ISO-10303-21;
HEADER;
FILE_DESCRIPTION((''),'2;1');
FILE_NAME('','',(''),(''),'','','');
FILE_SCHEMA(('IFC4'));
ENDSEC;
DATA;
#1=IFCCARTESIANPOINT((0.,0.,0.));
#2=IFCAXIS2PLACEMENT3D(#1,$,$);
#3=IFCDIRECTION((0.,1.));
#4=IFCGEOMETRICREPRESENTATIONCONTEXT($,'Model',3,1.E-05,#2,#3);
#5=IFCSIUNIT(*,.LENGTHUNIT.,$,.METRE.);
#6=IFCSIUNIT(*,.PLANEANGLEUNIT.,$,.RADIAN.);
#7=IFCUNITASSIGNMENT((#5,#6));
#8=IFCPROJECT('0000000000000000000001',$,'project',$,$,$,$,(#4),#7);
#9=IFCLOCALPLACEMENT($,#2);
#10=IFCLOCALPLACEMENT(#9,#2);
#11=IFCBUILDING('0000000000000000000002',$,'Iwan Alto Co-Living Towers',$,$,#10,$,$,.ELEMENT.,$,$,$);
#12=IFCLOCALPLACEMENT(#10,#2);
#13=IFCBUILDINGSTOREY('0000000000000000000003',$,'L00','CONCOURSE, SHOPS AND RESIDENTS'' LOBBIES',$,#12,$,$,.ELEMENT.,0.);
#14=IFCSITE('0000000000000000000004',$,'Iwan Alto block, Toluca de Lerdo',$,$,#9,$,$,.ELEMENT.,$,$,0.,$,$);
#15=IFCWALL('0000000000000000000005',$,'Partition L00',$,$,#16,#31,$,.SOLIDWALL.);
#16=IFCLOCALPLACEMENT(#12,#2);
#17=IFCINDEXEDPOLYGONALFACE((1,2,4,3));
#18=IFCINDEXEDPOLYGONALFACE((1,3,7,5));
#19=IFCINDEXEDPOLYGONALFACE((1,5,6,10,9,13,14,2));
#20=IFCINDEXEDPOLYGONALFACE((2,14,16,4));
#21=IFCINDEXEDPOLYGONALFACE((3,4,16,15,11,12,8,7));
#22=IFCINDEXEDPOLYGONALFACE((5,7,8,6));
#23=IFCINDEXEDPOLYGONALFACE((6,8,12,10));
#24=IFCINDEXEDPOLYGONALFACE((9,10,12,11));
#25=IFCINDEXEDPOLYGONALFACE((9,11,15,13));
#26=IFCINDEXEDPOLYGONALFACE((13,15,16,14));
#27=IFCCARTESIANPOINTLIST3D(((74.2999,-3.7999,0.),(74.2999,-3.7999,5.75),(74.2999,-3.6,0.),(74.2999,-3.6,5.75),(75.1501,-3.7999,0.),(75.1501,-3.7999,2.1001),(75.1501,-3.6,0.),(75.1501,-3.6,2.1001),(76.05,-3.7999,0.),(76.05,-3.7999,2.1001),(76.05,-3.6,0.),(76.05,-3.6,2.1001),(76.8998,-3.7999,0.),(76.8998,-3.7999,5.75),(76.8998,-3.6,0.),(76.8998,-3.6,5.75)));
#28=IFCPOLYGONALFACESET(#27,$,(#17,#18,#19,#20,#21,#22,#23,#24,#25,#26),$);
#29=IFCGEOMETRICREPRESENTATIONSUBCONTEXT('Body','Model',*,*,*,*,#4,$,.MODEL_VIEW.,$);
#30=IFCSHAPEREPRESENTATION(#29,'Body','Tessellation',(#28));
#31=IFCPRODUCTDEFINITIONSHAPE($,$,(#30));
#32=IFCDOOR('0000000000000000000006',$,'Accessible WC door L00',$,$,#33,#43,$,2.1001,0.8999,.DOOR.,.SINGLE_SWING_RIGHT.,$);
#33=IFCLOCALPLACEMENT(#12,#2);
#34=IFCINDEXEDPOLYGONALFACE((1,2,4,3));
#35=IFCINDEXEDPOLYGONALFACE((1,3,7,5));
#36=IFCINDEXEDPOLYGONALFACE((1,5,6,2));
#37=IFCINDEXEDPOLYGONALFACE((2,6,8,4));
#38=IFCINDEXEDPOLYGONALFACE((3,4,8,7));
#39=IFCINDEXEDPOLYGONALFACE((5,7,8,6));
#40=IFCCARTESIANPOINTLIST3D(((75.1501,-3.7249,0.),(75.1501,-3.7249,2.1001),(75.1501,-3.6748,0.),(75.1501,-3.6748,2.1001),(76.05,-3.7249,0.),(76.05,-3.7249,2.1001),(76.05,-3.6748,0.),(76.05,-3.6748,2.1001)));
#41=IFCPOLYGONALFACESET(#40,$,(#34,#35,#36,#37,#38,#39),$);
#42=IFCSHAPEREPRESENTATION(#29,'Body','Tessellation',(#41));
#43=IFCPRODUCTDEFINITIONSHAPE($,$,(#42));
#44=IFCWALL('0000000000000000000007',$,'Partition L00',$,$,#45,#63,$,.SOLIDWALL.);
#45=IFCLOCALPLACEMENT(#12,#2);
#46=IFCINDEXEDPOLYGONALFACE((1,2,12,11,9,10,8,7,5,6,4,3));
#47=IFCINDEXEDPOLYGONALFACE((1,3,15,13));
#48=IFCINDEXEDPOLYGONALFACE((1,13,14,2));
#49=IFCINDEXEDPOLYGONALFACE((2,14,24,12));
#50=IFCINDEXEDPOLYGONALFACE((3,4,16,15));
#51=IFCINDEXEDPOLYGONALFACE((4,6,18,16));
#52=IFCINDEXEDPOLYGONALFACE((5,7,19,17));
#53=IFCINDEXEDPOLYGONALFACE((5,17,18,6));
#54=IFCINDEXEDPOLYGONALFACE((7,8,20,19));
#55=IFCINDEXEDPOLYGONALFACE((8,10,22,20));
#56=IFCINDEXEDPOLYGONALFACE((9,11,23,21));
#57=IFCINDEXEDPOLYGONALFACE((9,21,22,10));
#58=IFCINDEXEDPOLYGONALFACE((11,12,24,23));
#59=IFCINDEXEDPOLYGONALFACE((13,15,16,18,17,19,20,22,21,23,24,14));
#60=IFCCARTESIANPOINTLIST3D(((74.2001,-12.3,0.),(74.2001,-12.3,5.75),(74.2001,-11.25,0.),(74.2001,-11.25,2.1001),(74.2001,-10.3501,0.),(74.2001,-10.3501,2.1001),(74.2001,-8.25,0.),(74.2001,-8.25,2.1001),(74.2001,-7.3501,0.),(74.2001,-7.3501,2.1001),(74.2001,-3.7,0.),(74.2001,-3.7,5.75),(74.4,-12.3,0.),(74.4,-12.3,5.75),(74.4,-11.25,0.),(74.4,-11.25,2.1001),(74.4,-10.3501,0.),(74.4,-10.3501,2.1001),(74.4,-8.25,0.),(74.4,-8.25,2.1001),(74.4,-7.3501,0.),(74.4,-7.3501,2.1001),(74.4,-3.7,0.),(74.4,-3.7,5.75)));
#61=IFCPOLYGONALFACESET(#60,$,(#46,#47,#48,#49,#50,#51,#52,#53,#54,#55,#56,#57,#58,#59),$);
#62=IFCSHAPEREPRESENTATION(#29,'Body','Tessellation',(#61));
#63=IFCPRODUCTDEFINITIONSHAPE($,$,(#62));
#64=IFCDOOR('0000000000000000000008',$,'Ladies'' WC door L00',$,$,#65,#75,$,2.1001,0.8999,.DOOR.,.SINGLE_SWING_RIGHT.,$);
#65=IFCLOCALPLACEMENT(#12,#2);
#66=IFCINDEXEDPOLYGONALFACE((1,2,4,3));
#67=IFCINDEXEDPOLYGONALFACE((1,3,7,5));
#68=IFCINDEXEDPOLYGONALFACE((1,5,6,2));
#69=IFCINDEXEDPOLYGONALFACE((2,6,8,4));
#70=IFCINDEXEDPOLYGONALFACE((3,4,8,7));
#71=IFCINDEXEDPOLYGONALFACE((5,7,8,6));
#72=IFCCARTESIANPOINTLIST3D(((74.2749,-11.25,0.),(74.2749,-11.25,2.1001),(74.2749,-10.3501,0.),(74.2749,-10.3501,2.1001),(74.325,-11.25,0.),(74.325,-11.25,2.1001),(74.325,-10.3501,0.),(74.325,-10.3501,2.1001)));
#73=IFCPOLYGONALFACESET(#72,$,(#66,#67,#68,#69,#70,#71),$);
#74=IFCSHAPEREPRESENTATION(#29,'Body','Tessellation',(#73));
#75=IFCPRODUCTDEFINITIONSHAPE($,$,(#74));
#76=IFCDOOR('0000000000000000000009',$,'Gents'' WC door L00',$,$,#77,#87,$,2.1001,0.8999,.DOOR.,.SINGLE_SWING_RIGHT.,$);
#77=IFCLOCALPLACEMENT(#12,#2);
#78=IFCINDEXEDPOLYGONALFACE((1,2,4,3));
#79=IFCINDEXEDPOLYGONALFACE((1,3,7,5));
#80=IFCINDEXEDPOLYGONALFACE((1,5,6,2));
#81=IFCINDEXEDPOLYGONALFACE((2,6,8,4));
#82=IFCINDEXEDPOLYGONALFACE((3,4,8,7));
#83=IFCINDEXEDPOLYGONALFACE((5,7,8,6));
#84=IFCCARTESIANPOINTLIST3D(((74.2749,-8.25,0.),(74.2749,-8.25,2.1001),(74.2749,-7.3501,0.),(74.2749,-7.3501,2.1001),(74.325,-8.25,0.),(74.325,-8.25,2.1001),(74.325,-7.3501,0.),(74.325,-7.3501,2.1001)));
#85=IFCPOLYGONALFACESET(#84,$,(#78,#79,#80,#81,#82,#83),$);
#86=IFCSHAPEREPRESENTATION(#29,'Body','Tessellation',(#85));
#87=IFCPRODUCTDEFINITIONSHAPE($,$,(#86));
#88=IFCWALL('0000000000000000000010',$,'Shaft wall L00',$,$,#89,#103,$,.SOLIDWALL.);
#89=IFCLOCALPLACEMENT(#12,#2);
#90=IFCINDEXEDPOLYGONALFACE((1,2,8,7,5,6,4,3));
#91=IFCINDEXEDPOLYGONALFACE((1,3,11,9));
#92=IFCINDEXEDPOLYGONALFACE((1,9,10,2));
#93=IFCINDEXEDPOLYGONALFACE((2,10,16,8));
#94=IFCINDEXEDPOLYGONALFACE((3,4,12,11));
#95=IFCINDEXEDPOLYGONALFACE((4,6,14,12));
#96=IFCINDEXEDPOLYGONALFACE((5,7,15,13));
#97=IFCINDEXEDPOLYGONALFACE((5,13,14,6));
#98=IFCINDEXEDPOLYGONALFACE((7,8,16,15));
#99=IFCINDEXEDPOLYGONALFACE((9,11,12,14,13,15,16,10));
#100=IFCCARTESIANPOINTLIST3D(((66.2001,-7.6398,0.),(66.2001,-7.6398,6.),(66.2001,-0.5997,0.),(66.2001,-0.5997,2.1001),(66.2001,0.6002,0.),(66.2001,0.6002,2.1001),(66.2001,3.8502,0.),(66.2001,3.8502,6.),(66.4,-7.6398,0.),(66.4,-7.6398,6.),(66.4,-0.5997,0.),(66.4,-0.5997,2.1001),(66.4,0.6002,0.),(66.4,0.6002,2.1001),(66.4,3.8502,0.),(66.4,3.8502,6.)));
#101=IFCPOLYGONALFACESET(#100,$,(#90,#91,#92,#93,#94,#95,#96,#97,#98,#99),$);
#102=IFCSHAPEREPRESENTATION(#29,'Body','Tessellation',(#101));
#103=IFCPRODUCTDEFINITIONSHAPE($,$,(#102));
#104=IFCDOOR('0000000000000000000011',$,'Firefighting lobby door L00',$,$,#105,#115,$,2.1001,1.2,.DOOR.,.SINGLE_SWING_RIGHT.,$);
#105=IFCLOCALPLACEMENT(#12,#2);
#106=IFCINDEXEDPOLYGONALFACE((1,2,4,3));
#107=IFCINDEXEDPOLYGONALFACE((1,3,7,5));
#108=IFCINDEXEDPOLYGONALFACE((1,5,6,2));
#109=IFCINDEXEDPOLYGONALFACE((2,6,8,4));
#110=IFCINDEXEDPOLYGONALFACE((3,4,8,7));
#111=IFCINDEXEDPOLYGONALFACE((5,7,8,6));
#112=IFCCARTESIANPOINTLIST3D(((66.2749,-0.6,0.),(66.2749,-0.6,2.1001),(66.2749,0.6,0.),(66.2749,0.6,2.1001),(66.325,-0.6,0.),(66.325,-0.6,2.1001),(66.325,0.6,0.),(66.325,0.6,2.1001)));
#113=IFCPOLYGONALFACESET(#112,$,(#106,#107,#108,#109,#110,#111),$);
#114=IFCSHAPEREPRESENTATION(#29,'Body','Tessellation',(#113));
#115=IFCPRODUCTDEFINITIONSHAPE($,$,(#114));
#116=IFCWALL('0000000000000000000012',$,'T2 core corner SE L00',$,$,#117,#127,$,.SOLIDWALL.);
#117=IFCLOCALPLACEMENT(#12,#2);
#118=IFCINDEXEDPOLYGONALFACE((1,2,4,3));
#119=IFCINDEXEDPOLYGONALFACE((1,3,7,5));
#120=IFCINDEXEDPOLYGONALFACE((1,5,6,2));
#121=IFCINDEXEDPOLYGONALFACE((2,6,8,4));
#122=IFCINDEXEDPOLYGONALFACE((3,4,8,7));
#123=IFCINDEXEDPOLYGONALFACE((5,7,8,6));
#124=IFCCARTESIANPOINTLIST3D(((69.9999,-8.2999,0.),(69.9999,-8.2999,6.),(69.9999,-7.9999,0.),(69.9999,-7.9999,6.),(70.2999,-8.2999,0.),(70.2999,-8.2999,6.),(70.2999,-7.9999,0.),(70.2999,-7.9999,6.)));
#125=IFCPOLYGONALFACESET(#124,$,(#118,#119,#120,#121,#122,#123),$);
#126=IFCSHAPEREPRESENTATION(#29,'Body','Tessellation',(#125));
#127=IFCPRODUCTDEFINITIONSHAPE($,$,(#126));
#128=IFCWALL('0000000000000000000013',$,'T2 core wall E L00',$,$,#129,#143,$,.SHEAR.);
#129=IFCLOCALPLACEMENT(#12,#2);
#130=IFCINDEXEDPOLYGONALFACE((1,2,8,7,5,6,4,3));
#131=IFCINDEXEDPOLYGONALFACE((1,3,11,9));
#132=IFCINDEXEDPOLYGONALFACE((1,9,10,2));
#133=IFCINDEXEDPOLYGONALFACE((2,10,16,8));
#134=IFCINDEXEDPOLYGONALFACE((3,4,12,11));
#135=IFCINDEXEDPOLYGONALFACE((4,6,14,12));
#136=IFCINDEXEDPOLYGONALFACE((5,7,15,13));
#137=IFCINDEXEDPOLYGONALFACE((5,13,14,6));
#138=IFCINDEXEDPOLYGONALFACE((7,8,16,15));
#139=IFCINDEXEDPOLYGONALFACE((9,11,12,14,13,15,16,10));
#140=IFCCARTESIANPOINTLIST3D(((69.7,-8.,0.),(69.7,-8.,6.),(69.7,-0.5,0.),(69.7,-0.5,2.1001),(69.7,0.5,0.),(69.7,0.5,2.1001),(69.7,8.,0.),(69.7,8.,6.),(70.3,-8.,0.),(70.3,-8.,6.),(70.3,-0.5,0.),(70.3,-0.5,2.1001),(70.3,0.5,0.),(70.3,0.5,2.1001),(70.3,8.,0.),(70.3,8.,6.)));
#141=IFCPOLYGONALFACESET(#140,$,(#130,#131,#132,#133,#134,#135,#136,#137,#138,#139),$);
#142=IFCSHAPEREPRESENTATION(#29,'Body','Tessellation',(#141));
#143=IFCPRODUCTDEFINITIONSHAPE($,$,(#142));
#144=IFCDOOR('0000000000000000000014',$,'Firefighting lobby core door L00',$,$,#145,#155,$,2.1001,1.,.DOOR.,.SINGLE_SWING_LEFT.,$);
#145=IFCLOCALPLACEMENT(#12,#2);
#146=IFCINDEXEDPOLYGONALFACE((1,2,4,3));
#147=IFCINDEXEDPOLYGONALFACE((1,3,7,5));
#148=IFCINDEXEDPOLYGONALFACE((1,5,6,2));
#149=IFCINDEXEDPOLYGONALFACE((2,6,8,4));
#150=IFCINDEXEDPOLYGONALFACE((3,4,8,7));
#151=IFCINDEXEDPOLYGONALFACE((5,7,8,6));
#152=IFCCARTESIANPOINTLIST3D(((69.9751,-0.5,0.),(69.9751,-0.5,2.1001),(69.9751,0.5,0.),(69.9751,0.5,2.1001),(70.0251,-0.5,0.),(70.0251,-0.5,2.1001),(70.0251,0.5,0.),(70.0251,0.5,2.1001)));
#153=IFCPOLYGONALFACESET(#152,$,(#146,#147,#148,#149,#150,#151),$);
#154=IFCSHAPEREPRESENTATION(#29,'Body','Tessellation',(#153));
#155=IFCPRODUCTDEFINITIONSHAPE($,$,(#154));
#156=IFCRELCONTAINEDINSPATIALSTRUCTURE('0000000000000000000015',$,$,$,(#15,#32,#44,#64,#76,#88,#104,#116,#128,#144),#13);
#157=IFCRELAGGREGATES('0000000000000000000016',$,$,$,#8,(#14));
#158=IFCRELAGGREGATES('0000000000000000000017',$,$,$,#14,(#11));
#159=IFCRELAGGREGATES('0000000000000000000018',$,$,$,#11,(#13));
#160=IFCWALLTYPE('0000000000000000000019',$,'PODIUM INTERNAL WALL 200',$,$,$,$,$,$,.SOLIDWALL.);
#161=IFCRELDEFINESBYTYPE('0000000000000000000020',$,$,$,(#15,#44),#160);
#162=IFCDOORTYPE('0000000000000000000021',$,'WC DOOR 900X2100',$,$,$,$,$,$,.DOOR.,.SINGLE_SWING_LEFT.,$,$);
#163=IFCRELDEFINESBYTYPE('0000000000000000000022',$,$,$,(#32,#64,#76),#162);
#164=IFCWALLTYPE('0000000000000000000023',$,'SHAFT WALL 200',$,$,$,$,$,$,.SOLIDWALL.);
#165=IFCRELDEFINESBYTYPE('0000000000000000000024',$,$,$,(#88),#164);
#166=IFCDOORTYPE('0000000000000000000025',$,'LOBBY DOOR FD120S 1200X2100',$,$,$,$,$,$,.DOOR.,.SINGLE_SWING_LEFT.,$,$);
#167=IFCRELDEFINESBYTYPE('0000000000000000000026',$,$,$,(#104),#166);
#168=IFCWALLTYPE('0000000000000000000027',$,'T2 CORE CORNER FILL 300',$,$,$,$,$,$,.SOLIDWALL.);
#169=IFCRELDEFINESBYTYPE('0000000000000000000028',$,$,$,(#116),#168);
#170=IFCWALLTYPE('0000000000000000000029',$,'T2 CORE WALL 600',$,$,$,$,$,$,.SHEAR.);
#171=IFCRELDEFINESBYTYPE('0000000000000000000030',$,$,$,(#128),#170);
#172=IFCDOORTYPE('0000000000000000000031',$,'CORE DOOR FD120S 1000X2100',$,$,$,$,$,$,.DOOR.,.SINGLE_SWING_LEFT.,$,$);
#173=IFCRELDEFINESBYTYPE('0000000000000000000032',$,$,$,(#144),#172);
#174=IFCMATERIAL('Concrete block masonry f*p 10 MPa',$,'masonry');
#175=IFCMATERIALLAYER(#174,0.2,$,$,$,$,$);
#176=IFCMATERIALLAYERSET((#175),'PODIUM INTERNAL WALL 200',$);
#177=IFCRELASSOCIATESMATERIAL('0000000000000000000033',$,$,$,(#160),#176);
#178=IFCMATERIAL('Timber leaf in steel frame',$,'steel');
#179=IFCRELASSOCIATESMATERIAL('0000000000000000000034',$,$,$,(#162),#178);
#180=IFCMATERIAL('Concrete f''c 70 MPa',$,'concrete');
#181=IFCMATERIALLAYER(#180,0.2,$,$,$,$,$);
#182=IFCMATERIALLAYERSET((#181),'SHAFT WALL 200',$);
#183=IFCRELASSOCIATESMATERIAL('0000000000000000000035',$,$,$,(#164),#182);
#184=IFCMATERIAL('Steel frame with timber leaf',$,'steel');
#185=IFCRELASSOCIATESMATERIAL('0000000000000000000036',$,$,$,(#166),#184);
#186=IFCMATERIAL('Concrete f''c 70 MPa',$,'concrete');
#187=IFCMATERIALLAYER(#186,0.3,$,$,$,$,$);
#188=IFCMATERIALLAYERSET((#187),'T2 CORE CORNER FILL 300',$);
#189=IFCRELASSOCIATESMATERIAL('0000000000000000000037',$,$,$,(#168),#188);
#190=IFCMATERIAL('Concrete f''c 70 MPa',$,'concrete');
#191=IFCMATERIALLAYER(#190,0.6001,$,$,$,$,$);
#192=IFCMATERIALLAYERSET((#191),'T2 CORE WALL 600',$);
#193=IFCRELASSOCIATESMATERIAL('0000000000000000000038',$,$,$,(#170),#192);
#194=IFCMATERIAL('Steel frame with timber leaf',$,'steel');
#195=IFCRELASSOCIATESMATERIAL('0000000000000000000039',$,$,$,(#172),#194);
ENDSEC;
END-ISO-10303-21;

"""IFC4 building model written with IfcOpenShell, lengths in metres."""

from ifc_helpers import new_model, si_unit, direction, frame, frame_2d, origin, place, context, subcontext, project, spatial, rectangle, extrude, material, layer, layer_set, type_object, element, fill, save


model = new_model("IFC4")

# Units and contexts
model_context = context("Model", 3, precision=1e-05, world=origin(), true_north=direction((0.0, 1.0)))
body_context = subcontext(model_context, "Body", "Model", "MODEL_VIEW")
ifc_project = project(units=[si_unit("LENGTHUNIT", "METRE"), si_unit("PLANEANGLEUNIT", "RADIAN")], contexts=[model_context])

# Site, building, storey
site_placement = place(None, origin())
site = spatial("IfcSite", under=ifc_project, at=site_placement, Name="Iwan Alto block, Toluca de Lerdo", CompositionType="ELEMENT", RefElevation=0.0)
building_placement = place(site_placement, origin())
building = spatial("IfcBuilding", under=site, at=building_placement, Name="Iwan Alto Co-Living Towers", CompositionType="ELEMENT")
storey_placement = place(building_placement, origin())
storey = spatial("IfcBuildingStorey", under=building, at=storey_placement, Name="L00", Description="CONCOURSE, SHOPS AND RESIDENTS' LOBBIES", CompositionType="ELEMENT", Elevation=0.0)

# Wall, opening, door
ifc_material_1 = material(Name="Concrete block masonry f*p 10 MPa", Category="masonry")
ifc_layer_1 = layer(ifc_material_1, 0.2)
ifc_layer_set_1 = layer_set([ifc_layer_1], Name="PODIUM INTERNAL WALL 200")
wall_type_1 = type_object("IfcWallType", Name="PODIUM INTERNAL WALL 200", PredefinedType="SOLIDWALL", material=ifc_layer_set_1)
wall_1_placement = place(storey_placement, frame((74.3, -3.7, 0.0), z_axis=(0.0, 0.0, 1.0), x_axis=(1.0, 0.0, 0.0)))
wall_1 = element("IfcWall", 1, at=wall_1_placement, inside=storey, type_object=wall_type_1, Name="Partition L00", PredefinedType="SOLIDWALL", context=body_context, shape_type="SweptSolid", body=[
    extrude(rectangle(XDim=2.5999, YDim=0.2, at=frame_2d((1.2998, 0.0))), origin(), (0.0, 0.0, 1.0), 5.75),
])
opening_1_placement = place(wall_1_placement, frame((0.8501, 0.0, 0.0)))
opening_1 = element("IfcOpeningElement", 2, at=opening_1_placement, cuts=wall_1, PredefinedType="OPENING", context=body_context, shape_type="SweptSolid", body=[
    extrude(rectangle(XDim=0.8999, YDim=2.1001, at=frame_2d((0.45, 1.05))), frame((0.0, 0.1099, 0.0), z_axis=(0.0, -1.0, 0.0), x_axis=(1.0, 0.0, 0.0)), (0.0, 0.0, 1.0), 0.22),
])
ifc_material_2 = material(Name="Timber leaf in steel frame", Category="steel")
door_type_1 = type_object("IfcDoorType", Name="WC DOOR 900X2100", OperationType="SINGLE_SWING_LEFT", PredefinedType="DOOR", material=ifc_material_2)
door_1_placement = place(opening_1_placement, frame((0.8999, 0.0, 0.0), z_axis=(0.0, 0.0, 1.0), x_axis=(-1.0, 0.0, 0.0)))
door_1 = element("IfcDoor", 3, at=door_1_placement, inside=storey, type_object=door_type_1, Name="Accessible WC door L00", OperationType="SINGLE_SWING_RIGHT", OverallHeight=2.1001, OverallWidth=0.8999, PredefinedType="DOOR", context=body_context, shape_type="SweptSolid", body=[
    extrude(rectangle(XDim=0.8999, YDim=2.1001, at=frame_2d((0.45, 1.05))), frame((0.0, 0.0249, 0.0), z_axis=(0.0, -1.0, 0.0), x_axis=(1.0, 0.0, 0.0)), (0.0, 0.0, 1.0), 0.05),
])
fill(opening_1, door_1)

# Wall, openings, doors
wall_2_placement = place(storey_placement, frame((74.3, -12.3, 0.0), z_axis=(0.0, 0.0, 1.0), x_axis=(0.0, 1.0, 0.0)))
wall_2 = element("IfcWall", 4, at=wall_2_placement, inside=storey, type_object=wall_type_1, Name="Partition L00", PredefinedType="SOLIDWALL", context=body_context, shape_type="SweptSolid", body=[
    extrude(rectangle(XDim=8.6001, YDim=0.2, at=frame_2d((4.3, 0.0))), origin(), (0.0, 0.0, 1.0), 5.75),
])
opening_2_placement = place(wall_2_placement, frame((1.05, 0.0, 0.0)))
opening_2 = element("IfcOpeningElement", 5, at=opening_2_placement, cuts=wall_2, PredefinedType="OPENING", context=body_context, shape_type="SweptSolid", body=[
    extrude(rectangle(XDim=0.8999, YDim=2.1001, at=frame_2d((0.45, 1.05))), frame((0.0, 0.1099, 0.0), z_axis=(0.0, -1.0, 0.0), x_axis=(1.0, 0.0, 0.0)), (0.0, 0.0, 1.0), 0.22),
])
opening_3_placement = place(wall_2_placement, frame((4.05, 0.0, 0.0)))
opening_3 = element("IfcOpeningElement", 6, at=opening_3_placement, cuts=wall_2, PredefinedType="OPENING", context=body_context, shape_type="SweptSolid", body=[
    extrude(rectangle(XDim=0.8999, YDim=2.1001, at=frame_2d((0.45, 1.05))), frame((0.0, 0.1099, 0.0), z_axis=(0.0, -1.0, 0.0), x_axis=(1.0, 0.0, 0.0)), (0.0, 0.0, 1.0), 0.22),
])
door_2_placement = place(opening_2_placement, frame((0.8999, 0.0, 0.0), z_axis=(0.0, 0.0, 1.0), x_axis=(-1.0, 0.0, 0.0)))
door_2 = element("IfcDoor", 7, at=door_2_placement, inside=storey, type_object=door_type_1, Name="Ladies' WC door L00", OperationType="SINGLE_SWING_RIGHT", OverallHeight=2.1001, OverallWidth=0.8999, PredefinedType="DOOR", context=body_context, shape_type="SweptSolid", body=[
    extrude(rectangle(XDim=0.8999, YDim=2.1001, at=frame_2d((0.45, 1.05))), frame((0.0, 0.0249, 0.0), z_axis=(0.0, -1.0, 0.0), x_axis=(1.0, 0.0, 0.0)), (0.0, 0.0, 1.0), 0.05),
])
fill(opening_2, door_2)
door_3_placement = place(opening_3_placement, frame((0.8999, 0.0, 0.0), z_axis=(0.0, 0.0, 1.0), x_axis=(-1.0, 0.0, 0.0)))
door_3 = element("IfcDoor", 8, at=door_3_placement, inside=storey, type_object=door_type_1, Name="Gents' WC door L00", OperationType="SINGLE_SWING_RIGHT", OverallHeight=2.1001, OverallWidth=0.8999, PredefinedType="DOOR", context=body_context, shape_type="SweptSolid", body=[
    extrude(rectangle(XDim=0.8999, YDim=2.1001, at=frame_2d((0.45, 1.05))), frame((0.0, 0.0249, 0.0), z_axis=(0.0, -1.0, 0.0), x_axis=(1.0, 0.0, 0.0)), (0.0, 0.0, 1.0), 0.05),
])
fill(opening_3, door_3)

# Wall, opening, door
ifc_material_3 = material(Name="Concrete f'c 70 MPa", Category="concrete")
ifc_layer_2 = layer(ifc_material_3, 0.2)
ifc_layer_set_2 = layer_set([ifc_layer_2], Name="SHAFT WALL 200")
wall_type_2 = type_object("IfcWallType", Name="SHAFT WALL 200", PredefinedType="SOLIDWALL", material=ifc_layer_set_2)
wall_3_placement = place(storey_placement, frame((66.3, -7.6399, 0.0), z_axis=(0.0, 0.0, 1.0), x_axis=(0.0, 1.0, 0.0)))
wall_3 = element("IfcWall", 9, at=wall_3_placement, inside=storey, type_object=wall_type_2, Name="Shaft wall L00", PredefinedType="SOLIDWALL", context=body_context, shape_type="SweptSolid", body=[
    extrude(rectangle(XDim=11.49, YDim=0.2, at=frame_2d((5.7451, 0.0))), origin(), (0.0, 0.0, 1.0), 6.0),
])
opening_4_placement = place(wall_3_placement, frame((7.04, 0.0, 0.0)))
opening_4 = element("IfcOpeningElement", 10, at=opening_4_placement, cuts=wall_3, PredefinedType="OPENING", context=body_context, shape_type="SweptSolid", body=[
    extrude(rectangle(XDim=1.2, YDim=2.1001, at=frame_2d((0.6001, 1.05))), frame((0.0, 0.1099, 0.0), z_axis=(0.0, -1.0, 0.0), x_axis=(1.0, 0.0, 0.0)), (0.0, 0.0, 1.0), 0.22),
])
ifc_material_4 = material(Name="Steel frame with timber leaf", Category="steel")
door_type_2 = type_object("IfcDoorType", Name="LOBBY DOOR FD120S 1200X2100", OperationType="SINGLE_SWING_LEFT", PredefinedType="DOOR", material=ifc_material_4)
door_4_placement = place(opening_4_placement, frame((1.2, 0.0, 0.0), z_axis=(0.0, 0.0, 1.0), x_axis=(-1.0, 0.0, 0.0)))
door_4 = element("IfcDoor", 11, at=door_4_placement, inside=storey, type_object=door_type_2, Name="Firefighting lobby door L00", OperationType="SINGLE_SWING_RIGHT", OverallHeight=2.1001, OverallWidth=1.2, PredefinedType="DOOR", context=body_context, shape_type="SweptSolid", body=[
    extrude(rectangle(XDim=1.2, YDim=2.1001, at=frame_2d((0.6001, 1.05))), frame((0.0, 0.0249, 0.0), z_axis=(0.0, -1.0, 0.0), x_axis=(1.0, 0.0, 0.0)), (0.0, 0.0, 1.0), 0.05),
])
fill(opening_4, door_4)

# Wall
ifc_material_5 = material(Name="Concrete f'c 70 MPa", Category="concrete")
ifc_layer_3 = layer(ifc_material_5, 0.3)
ifc_layer_set_3 = layer_set([ifc_layer_3], Name="T2 CORE CORNER FILL 300")
wall_type_3 = type_object("IfcWallType", Name="T2 CORE CORNER FILL 300", PredefinedType="SOLIDWALL", material=ifc_layer_set_3)
wall_4_placement = place(storey_placement, frame((70.0, -8.1499, 0.0), z_axis=(0.0, 0.0, 1.0), x_axis=(1.0, 0.0, 0.0)))
element("IfcWall", 12, at=wall_4_placement, inside=storey, type_object=wall_type_3, Name="T2 core corner SE L00", PredefinedType="SOLIDWALL", context=body_context, shape_type="SweptSolid", body=[
    extrude(rectangle(XDim=0.3, YDim=0.3, at=frame_2d((0.1499, 0.0))), origin(), (0.0, 0.0, 1.0), 6.0),
])

# Wall, opening, door
ifc_material_6 = material(Name="Concrete f'c 70 MPa", Category="concrete")
ifc_layer_4 = layer(ifc_material_6, 0.6001)
ifc_layer_set_4 = layer_set([ifc_layer_4], Name="T2 CORE WALL 600")
wall_type_4 = type_object("IfcWallType", Name="T2 CORE WALL 600", PredefinedType="SHEAR", material=ifc_layer_set_4)
wall_5_placement = place(storey_placement, frame((70.0, -8.0, 0.0), z_axis=(0.0, 0.0, 1.0), x_axis=(0.0, 1.0, 0.0)))
wall_5 = element("IfcWall", 13, at=wall_5_placement, inside=storey, type_object=wall_type_4, Name="T2 core wall E L00", PredefinedType="SHEAR", context=body_context, shape_type="SweptSolid", body=[
    extrude(rectangle(XDim=16.0, YDim=0.6001, at=frame_2d((8.0, 0.0))), origin(), (0.0, 0.0, 1.0), 6.0),
])
opening_5_placement = place(wall_5_placement, frame((7.5, 0.0, 0.0)))
opening_5 = element("IfcOpeningElement", 14, at=opening_5_placement, cuts=wall_5, PredefinedType="OPENING", context=body_context, shape_type="SweptSolid", body=[
    extrude(rectangle(XDim=1.0, YDim=2.1001, at=frame_2d((0.5, 1.05))), frame((0.0, 0.3101, 0.0), z_axis=(0.0, -1.0, 0.0), x_axis=(1.0, 0.0, 0.0)), (0.0, 0.0, 1.0), 0.6201),
])
ifc_material_7 = material(Name="Steel frame with timber leaf", Category="steel")
door_type_3 = type_object("IfcDoorType", Name="CORE DOOR FD120S 1000X2100", OperationType="SINGLE_SWING_LEFT", PredefinedType="DOOR", material=ifc_material_7)
door_5_placement = place(opening_5_placement, origin())
door_5 = element("IfcDoor", 15, at=door_5_placement, inside=storey, type_object=door_type_3, Name="Firefighting lobby core door L00", OperationType="SINGLE_SWING_LEFT", OverallHeight=2.1001, OverallWidth=1.0, PredefinedType="DOOR", context=body_context, shape_type="SweptSolid", body=[
    extrude(rectangle(XDim=1.0, YDim=2.1001, at=frame_2d((0.5, 1.05))), frame((0.0, 0.0249, 0.0), z_axis=(0.0, -1.0, 0.0), x_axis=(1.0, 0.0, 0.0)), (0.0, 0.0, 1.0), 0.05),
])
fill(opening_5, door_5)

save(model, "model.ifc")
